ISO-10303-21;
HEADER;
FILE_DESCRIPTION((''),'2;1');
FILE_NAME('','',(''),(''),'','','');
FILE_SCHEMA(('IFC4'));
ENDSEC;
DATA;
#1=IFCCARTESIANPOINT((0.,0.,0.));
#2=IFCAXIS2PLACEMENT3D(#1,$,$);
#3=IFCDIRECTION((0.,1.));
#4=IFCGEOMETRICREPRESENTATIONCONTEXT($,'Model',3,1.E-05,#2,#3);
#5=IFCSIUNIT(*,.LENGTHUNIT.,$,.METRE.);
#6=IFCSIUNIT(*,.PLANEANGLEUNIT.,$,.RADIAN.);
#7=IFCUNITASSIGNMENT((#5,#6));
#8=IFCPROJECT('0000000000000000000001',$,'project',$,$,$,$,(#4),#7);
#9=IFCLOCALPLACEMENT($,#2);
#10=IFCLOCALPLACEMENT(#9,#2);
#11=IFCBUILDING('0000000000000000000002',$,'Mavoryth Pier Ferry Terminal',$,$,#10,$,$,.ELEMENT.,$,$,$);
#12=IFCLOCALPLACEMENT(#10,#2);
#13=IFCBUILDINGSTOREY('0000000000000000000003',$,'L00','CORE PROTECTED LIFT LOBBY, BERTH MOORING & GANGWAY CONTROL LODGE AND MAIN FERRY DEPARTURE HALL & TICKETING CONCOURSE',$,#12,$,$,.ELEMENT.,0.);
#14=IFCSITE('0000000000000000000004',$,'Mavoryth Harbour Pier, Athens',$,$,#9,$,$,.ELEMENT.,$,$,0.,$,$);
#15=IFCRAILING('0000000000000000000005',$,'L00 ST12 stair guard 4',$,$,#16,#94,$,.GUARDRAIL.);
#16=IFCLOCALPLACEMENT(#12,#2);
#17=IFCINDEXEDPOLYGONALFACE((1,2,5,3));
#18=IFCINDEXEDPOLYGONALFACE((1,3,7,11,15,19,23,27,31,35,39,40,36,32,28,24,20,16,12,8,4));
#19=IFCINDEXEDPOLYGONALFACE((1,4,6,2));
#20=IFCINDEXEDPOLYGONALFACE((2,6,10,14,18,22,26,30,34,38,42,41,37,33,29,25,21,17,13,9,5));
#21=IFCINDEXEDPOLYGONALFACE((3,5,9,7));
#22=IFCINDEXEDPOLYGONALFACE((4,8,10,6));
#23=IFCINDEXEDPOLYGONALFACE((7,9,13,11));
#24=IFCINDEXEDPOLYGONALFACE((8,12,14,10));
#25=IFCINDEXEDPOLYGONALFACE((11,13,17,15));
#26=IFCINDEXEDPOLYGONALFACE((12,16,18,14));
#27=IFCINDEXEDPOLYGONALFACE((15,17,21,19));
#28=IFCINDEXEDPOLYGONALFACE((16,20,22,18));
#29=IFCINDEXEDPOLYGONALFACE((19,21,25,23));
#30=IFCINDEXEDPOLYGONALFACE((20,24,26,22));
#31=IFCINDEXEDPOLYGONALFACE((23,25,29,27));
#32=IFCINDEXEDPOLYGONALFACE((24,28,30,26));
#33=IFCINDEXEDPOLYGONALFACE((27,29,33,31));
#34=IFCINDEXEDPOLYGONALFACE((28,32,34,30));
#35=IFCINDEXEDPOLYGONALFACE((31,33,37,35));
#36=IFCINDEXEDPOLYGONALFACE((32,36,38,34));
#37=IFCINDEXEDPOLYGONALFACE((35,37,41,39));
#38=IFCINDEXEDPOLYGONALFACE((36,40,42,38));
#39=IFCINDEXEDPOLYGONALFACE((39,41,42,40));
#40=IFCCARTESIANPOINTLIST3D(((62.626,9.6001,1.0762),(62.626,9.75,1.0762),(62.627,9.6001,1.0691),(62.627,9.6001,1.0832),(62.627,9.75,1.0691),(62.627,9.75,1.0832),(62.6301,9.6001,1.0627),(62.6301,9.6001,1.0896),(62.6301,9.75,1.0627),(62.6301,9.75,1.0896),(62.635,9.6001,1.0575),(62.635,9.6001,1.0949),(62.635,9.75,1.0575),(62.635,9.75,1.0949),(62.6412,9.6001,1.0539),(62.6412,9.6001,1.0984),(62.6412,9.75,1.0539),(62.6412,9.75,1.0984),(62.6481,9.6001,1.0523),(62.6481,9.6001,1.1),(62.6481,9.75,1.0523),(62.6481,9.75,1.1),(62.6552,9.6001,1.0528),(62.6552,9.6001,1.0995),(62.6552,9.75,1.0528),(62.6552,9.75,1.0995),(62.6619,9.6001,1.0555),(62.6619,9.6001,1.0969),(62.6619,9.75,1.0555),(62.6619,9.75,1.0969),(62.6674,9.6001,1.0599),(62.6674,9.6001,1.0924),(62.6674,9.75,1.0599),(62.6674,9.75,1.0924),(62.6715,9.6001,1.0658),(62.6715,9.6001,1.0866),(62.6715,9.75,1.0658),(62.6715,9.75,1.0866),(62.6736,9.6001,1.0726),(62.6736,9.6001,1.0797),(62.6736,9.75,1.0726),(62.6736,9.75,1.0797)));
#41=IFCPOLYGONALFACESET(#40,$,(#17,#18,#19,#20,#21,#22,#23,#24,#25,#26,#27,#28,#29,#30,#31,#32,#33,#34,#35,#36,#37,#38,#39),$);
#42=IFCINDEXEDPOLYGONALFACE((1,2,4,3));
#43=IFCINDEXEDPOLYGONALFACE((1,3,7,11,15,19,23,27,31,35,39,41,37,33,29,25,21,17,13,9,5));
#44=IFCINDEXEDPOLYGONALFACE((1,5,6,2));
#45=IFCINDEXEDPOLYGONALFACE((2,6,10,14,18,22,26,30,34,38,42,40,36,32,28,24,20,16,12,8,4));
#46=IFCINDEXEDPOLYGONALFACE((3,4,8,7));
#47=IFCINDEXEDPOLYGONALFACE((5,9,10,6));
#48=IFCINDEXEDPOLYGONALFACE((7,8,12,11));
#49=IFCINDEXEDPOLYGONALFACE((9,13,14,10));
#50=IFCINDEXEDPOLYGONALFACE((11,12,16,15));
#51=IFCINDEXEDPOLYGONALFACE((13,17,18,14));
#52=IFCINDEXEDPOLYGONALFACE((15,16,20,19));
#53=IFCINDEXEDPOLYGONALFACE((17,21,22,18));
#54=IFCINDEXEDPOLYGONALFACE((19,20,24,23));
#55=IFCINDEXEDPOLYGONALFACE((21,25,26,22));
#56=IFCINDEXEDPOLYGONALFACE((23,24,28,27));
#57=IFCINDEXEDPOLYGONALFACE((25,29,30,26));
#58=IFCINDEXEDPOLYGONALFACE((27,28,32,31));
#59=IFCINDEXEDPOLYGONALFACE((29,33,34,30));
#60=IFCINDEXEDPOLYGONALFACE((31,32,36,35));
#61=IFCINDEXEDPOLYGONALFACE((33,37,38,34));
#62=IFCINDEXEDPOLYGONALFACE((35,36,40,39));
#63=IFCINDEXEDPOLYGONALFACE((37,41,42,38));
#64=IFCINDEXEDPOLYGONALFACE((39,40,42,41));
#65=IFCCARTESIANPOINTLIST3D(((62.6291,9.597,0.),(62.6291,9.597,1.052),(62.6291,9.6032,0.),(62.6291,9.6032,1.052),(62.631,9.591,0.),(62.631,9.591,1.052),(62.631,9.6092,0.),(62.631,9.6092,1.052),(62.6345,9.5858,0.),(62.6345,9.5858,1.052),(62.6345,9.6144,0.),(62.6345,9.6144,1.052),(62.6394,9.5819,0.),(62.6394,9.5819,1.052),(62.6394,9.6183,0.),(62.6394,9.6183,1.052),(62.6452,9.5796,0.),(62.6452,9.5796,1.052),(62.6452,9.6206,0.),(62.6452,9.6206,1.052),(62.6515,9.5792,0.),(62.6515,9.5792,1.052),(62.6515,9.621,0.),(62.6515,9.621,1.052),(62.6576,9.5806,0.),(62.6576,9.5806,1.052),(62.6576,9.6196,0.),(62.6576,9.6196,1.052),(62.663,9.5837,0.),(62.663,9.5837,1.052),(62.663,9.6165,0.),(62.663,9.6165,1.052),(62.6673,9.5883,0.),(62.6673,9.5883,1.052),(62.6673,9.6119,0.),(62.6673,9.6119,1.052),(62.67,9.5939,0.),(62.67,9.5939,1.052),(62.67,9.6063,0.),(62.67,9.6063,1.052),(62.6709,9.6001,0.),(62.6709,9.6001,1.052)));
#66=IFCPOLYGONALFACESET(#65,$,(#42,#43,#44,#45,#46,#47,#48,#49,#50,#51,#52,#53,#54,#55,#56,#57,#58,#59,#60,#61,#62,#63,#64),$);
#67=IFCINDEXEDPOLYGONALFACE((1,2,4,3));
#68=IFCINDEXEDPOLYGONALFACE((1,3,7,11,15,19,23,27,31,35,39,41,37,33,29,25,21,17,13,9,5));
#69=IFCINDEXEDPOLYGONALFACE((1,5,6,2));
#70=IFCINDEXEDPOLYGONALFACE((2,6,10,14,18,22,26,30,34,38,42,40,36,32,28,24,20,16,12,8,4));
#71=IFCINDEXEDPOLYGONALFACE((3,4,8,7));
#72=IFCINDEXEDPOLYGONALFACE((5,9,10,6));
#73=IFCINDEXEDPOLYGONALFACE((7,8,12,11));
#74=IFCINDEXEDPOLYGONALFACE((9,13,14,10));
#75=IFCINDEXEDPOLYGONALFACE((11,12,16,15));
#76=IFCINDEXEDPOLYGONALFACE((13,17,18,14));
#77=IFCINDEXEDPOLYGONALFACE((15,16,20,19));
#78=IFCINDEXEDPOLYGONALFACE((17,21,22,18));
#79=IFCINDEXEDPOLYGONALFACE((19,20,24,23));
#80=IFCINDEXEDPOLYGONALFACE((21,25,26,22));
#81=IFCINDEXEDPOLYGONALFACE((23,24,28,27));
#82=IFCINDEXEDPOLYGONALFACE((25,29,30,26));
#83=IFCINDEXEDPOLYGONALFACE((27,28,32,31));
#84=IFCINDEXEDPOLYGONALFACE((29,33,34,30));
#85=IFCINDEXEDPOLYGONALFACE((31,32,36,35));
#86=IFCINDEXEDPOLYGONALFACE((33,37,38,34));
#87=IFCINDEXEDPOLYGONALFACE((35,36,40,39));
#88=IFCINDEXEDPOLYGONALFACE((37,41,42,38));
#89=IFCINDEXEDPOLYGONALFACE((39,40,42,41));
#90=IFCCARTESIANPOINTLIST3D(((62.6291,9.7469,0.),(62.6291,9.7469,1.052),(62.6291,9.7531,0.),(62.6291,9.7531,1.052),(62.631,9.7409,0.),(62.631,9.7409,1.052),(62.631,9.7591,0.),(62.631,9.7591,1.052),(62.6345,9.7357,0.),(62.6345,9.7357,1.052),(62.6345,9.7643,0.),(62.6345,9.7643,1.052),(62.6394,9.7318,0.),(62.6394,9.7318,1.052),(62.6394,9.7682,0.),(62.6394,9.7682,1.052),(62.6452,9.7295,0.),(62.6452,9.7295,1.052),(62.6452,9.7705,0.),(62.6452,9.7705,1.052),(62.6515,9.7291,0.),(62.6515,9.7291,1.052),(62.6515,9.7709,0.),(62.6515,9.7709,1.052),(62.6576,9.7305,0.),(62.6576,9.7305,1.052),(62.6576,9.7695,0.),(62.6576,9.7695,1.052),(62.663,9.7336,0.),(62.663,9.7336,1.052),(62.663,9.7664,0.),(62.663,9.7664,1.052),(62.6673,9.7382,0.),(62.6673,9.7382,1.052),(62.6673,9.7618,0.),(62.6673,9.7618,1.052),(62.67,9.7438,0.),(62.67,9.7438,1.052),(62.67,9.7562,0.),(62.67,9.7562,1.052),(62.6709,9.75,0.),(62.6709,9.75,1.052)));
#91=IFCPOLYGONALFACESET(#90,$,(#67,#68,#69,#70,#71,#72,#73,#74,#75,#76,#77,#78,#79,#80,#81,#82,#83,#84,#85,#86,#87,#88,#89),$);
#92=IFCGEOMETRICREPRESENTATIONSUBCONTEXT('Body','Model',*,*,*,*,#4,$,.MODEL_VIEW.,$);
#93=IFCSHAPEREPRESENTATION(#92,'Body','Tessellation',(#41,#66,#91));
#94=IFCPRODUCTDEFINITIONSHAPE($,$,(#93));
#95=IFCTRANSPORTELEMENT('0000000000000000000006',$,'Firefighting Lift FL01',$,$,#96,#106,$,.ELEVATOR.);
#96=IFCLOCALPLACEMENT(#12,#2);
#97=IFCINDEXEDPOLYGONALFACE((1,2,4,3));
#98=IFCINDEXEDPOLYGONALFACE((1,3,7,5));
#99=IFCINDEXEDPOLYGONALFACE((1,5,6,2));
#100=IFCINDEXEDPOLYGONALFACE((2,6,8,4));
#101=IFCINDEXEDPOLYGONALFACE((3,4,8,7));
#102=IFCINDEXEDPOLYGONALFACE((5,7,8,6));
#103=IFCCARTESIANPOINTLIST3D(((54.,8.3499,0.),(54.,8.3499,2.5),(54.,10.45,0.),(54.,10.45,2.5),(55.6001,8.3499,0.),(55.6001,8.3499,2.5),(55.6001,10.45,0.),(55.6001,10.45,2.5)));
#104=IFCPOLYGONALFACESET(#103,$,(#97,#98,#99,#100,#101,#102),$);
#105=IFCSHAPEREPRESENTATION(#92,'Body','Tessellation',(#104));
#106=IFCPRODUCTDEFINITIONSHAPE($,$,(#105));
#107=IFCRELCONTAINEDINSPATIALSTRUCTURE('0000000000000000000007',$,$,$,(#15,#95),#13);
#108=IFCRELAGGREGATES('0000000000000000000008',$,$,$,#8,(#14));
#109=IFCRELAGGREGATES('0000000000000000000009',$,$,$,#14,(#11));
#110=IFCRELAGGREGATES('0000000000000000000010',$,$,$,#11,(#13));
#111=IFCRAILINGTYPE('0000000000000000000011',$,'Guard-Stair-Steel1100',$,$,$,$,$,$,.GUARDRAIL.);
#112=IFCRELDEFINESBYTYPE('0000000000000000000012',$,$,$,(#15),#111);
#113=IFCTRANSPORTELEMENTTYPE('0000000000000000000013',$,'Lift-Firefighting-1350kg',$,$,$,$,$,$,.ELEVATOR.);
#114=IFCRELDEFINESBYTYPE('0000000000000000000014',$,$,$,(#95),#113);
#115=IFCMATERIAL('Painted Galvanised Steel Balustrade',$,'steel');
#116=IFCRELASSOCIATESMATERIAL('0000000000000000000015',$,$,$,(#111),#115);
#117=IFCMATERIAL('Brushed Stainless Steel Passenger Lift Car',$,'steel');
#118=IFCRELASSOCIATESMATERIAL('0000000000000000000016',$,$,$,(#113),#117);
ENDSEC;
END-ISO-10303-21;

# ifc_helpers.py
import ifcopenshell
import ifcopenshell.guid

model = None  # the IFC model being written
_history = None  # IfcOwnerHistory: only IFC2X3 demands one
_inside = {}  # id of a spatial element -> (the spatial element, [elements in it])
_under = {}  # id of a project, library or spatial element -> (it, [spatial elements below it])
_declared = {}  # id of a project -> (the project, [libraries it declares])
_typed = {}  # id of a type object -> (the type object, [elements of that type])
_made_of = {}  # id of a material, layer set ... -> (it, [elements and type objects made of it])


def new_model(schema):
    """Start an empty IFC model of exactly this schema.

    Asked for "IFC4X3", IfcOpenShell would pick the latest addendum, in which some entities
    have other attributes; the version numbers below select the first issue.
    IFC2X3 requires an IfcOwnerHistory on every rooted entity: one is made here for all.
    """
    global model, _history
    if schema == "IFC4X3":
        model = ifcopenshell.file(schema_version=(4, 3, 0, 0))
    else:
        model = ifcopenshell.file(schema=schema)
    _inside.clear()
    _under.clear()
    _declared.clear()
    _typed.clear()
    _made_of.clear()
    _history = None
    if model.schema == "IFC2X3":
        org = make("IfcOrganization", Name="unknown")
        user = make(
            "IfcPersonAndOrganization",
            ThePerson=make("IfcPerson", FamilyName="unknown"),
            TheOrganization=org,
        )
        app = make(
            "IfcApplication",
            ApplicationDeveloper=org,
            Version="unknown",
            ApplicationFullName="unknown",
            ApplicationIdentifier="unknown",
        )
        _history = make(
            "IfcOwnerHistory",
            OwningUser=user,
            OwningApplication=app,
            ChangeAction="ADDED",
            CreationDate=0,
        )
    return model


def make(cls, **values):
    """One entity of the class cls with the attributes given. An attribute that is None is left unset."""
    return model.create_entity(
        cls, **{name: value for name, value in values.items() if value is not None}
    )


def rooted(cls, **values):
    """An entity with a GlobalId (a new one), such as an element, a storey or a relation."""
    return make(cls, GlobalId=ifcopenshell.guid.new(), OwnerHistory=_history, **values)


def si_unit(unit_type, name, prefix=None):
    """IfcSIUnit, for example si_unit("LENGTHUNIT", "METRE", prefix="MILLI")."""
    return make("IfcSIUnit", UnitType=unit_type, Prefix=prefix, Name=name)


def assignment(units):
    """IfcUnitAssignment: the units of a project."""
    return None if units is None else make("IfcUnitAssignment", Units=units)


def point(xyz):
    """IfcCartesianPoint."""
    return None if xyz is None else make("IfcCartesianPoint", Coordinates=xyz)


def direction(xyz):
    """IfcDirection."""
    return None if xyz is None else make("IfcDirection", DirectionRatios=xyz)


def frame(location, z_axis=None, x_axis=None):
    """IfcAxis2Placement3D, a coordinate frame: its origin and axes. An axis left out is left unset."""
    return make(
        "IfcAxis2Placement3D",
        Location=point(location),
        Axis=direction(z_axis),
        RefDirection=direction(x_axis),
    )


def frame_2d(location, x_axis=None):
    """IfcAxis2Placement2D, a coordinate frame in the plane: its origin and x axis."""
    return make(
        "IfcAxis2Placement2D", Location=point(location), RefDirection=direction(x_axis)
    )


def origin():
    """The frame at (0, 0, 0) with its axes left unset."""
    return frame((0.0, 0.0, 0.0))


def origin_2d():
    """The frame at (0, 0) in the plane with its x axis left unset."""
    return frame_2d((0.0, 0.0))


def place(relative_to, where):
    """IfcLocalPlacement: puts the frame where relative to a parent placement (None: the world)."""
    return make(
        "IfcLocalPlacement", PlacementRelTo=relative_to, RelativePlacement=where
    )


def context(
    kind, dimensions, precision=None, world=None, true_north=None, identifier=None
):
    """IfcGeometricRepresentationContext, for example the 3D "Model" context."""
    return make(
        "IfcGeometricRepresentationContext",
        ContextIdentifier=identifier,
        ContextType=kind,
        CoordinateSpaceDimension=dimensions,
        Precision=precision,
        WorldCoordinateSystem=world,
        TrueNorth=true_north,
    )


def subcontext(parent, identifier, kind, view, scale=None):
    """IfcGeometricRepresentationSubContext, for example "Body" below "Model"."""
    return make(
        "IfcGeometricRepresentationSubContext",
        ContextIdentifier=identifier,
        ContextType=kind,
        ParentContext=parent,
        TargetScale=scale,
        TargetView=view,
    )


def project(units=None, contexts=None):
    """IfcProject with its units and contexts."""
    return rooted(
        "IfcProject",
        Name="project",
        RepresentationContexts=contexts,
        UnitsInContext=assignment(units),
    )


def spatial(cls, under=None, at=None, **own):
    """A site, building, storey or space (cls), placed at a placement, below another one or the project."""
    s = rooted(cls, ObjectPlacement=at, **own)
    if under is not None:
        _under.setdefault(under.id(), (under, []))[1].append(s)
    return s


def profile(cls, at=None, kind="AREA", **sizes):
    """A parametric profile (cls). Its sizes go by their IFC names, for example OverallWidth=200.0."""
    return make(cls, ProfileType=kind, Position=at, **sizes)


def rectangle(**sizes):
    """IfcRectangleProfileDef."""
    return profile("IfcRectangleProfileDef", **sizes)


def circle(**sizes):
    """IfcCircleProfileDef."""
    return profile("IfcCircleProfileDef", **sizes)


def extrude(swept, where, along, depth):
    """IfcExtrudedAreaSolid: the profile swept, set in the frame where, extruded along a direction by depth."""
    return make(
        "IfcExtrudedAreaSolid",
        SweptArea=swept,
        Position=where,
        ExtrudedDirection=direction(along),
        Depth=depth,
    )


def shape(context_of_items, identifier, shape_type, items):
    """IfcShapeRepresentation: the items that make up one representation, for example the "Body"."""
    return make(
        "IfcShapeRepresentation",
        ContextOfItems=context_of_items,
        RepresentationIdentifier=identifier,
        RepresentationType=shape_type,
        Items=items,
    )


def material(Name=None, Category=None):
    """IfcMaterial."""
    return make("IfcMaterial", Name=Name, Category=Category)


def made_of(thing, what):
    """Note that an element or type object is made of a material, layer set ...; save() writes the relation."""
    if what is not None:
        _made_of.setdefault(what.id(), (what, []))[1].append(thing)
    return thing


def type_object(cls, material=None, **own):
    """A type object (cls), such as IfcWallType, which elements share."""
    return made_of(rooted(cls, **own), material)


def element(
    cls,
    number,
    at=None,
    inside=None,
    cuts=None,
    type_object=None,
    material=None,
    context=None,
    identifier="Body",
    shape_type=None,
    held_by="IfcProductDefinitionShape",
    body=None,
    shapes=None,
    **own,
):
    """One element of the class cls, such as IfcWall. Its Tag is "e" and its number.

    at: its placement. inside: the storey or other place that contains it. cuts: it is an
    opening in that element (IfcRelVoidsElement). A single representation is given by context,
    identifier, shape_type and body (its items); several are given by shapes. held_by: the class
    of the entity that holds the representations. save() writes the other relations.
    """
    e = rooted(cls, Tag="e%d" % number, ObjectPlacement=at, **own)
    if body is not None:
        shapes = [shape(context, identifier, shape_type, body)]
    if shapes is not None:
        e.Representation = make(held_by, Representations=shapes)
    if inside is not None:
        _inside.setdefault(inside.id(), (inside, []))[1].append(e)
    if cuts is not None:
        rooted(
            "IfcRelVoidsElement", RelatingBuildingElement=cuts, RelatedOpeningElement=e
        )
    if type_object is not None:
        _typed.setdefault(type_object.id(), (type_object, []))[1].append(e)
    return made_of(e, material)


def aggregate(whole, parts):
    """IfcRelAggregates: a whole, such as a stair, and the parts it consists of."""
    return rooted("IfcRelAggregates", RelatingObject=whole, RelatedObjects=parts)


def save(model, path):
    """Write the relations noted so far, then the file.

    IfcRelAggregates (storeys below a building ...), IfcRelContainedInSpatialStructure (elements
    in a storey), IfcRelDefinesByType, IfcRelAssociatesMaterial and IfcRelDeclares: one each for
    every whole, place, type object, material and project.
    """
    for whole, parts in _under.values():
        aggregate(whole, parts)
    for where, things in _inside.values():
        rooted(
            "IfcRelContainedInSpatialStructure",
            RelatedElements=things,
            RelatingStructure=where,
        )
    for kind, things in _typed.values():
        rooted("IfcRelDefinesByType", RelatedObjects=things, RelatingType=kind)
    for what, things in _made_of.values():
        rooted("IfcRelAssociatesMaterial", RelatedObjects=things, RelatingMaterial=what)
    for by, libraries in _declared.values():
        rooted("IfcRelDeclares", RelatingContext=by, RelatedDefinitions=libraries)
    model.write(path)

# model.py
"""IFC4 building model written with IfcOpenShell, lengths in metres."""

from ifc_helpers import new_model, si_unit, direction, frame, origin, origin_2d, place, context, subcontext, project, spatial, rectangle, circle, extrude, material, type_object, element, save


model = new_model("IFC4")

# Units and contexts
model_context = context("Model", 3, precision=1e-05, world=origin(), true_north=direction((0.0, 1.0)))
body_context = subcontext(model_context, "Body", "Model", "MODEL_VIEW")
ifc_project = project(units=[si_unit("LENGTHUNIT", "METRE"), si_unit("PLANEANGLEUNIT", "RADIAN")], contexts=[model_context])

# Site, building, storey
site_placement = place(None, origin())
site = spatial("IfcSite", under=ifc_project, at=site_placement, Name="Mavoryth Harbour Pier, Athens", CompositionType="ELEMENT", RefElevation=0.0)
building_placement = place(site_placement, origin())
building = spatial("IfcBuilding", under=site, at=building_placement, Name="Mavoryth Pier Ferry Terminal", CompositionType="ELEMENT")
storey_placement = place(building_placement, origin())
storey = spatial("IfcBuildingStorey", under=building, at=storey_placement, Name="L00", Description="CORE PROTECTED LIFT LOBBY, BERTH MOORING & GANGWAY CONTROL LODGE AND MAIN FERRY DEPARTURE HALL & TICKETING CONCOURSE", CompositionType="ELEMENT", Elevation=0.0)

# Railing
ifc_material_1 = material(Name="Painted Galvanised Steel Balustrade", Category="steel")
railing_type = type_object("IfcRailingType", Name="Guard-Stair-Steel1100", PredefinedType="GUARDRAIL", material=ifc_material_1)
railing_1_placement = place(storey_placement, frame((62.6499, 9.6001, 0.0)))
element("IfcRailing", 1, at=railing_1_placement, inside=storey, type_object=railing_type, Name="L00 ST12 stair guard 4", PredefinedType="GUARDRAIL", context=body_context, shape_type="SweptSolid", body=[
    extrude(circle(Radius=0.0239, at=origin_2d()), frame((0.0, 0.0, 1.0762), z_axis=(0.0, 1.0, 0.0), x_axis=(-1.0, 0.0, 0.0)), (0.0, 0.0, 1.0), 0.1499),
    extrude(circle(Radius=0.021, at=origin_2d()), origin(), (0.0, 0.0, 1.0), 1.052),
    extrude(circle(Radius=0.021, at=origin_2d()), frame((0.0, 0.1499, 0.0)), (0.0, 0.0, 1.0), 1.052),
])

# Transport element
ifc_material_2 = material(Name="Brushed Stainless Steel Passenger Lift Car", Category="steel")
transport_element_type = type_object("IfcTransportElementType", Name="Lift-Firefighting-1350kg", PredefinedType="ELEVATOR", material=ifc_material_2)
transport_element_placement = place(storey_placement, frame((54.8, 9.3999, 0.0), z_axis=(0.0, 0.0, 1.0), x_axis=(1.0, 0.0, 0.0)))
element("IfcTransportElement", 2, at=transport_element_placement, inside=storey, type_object=transport_element_type, Name="Firefighting Lift FL01", PredefinedType="ELEVATOR", context=body_context, shape_type="SweptSolid", body=[
    extrude(rectangle(XDim=1.6001, YDim=2.1001, at=origin_2d()), origin(), (0.0, 0.0, 1.0), 2.5),
])

save(model, "model.ifc")
